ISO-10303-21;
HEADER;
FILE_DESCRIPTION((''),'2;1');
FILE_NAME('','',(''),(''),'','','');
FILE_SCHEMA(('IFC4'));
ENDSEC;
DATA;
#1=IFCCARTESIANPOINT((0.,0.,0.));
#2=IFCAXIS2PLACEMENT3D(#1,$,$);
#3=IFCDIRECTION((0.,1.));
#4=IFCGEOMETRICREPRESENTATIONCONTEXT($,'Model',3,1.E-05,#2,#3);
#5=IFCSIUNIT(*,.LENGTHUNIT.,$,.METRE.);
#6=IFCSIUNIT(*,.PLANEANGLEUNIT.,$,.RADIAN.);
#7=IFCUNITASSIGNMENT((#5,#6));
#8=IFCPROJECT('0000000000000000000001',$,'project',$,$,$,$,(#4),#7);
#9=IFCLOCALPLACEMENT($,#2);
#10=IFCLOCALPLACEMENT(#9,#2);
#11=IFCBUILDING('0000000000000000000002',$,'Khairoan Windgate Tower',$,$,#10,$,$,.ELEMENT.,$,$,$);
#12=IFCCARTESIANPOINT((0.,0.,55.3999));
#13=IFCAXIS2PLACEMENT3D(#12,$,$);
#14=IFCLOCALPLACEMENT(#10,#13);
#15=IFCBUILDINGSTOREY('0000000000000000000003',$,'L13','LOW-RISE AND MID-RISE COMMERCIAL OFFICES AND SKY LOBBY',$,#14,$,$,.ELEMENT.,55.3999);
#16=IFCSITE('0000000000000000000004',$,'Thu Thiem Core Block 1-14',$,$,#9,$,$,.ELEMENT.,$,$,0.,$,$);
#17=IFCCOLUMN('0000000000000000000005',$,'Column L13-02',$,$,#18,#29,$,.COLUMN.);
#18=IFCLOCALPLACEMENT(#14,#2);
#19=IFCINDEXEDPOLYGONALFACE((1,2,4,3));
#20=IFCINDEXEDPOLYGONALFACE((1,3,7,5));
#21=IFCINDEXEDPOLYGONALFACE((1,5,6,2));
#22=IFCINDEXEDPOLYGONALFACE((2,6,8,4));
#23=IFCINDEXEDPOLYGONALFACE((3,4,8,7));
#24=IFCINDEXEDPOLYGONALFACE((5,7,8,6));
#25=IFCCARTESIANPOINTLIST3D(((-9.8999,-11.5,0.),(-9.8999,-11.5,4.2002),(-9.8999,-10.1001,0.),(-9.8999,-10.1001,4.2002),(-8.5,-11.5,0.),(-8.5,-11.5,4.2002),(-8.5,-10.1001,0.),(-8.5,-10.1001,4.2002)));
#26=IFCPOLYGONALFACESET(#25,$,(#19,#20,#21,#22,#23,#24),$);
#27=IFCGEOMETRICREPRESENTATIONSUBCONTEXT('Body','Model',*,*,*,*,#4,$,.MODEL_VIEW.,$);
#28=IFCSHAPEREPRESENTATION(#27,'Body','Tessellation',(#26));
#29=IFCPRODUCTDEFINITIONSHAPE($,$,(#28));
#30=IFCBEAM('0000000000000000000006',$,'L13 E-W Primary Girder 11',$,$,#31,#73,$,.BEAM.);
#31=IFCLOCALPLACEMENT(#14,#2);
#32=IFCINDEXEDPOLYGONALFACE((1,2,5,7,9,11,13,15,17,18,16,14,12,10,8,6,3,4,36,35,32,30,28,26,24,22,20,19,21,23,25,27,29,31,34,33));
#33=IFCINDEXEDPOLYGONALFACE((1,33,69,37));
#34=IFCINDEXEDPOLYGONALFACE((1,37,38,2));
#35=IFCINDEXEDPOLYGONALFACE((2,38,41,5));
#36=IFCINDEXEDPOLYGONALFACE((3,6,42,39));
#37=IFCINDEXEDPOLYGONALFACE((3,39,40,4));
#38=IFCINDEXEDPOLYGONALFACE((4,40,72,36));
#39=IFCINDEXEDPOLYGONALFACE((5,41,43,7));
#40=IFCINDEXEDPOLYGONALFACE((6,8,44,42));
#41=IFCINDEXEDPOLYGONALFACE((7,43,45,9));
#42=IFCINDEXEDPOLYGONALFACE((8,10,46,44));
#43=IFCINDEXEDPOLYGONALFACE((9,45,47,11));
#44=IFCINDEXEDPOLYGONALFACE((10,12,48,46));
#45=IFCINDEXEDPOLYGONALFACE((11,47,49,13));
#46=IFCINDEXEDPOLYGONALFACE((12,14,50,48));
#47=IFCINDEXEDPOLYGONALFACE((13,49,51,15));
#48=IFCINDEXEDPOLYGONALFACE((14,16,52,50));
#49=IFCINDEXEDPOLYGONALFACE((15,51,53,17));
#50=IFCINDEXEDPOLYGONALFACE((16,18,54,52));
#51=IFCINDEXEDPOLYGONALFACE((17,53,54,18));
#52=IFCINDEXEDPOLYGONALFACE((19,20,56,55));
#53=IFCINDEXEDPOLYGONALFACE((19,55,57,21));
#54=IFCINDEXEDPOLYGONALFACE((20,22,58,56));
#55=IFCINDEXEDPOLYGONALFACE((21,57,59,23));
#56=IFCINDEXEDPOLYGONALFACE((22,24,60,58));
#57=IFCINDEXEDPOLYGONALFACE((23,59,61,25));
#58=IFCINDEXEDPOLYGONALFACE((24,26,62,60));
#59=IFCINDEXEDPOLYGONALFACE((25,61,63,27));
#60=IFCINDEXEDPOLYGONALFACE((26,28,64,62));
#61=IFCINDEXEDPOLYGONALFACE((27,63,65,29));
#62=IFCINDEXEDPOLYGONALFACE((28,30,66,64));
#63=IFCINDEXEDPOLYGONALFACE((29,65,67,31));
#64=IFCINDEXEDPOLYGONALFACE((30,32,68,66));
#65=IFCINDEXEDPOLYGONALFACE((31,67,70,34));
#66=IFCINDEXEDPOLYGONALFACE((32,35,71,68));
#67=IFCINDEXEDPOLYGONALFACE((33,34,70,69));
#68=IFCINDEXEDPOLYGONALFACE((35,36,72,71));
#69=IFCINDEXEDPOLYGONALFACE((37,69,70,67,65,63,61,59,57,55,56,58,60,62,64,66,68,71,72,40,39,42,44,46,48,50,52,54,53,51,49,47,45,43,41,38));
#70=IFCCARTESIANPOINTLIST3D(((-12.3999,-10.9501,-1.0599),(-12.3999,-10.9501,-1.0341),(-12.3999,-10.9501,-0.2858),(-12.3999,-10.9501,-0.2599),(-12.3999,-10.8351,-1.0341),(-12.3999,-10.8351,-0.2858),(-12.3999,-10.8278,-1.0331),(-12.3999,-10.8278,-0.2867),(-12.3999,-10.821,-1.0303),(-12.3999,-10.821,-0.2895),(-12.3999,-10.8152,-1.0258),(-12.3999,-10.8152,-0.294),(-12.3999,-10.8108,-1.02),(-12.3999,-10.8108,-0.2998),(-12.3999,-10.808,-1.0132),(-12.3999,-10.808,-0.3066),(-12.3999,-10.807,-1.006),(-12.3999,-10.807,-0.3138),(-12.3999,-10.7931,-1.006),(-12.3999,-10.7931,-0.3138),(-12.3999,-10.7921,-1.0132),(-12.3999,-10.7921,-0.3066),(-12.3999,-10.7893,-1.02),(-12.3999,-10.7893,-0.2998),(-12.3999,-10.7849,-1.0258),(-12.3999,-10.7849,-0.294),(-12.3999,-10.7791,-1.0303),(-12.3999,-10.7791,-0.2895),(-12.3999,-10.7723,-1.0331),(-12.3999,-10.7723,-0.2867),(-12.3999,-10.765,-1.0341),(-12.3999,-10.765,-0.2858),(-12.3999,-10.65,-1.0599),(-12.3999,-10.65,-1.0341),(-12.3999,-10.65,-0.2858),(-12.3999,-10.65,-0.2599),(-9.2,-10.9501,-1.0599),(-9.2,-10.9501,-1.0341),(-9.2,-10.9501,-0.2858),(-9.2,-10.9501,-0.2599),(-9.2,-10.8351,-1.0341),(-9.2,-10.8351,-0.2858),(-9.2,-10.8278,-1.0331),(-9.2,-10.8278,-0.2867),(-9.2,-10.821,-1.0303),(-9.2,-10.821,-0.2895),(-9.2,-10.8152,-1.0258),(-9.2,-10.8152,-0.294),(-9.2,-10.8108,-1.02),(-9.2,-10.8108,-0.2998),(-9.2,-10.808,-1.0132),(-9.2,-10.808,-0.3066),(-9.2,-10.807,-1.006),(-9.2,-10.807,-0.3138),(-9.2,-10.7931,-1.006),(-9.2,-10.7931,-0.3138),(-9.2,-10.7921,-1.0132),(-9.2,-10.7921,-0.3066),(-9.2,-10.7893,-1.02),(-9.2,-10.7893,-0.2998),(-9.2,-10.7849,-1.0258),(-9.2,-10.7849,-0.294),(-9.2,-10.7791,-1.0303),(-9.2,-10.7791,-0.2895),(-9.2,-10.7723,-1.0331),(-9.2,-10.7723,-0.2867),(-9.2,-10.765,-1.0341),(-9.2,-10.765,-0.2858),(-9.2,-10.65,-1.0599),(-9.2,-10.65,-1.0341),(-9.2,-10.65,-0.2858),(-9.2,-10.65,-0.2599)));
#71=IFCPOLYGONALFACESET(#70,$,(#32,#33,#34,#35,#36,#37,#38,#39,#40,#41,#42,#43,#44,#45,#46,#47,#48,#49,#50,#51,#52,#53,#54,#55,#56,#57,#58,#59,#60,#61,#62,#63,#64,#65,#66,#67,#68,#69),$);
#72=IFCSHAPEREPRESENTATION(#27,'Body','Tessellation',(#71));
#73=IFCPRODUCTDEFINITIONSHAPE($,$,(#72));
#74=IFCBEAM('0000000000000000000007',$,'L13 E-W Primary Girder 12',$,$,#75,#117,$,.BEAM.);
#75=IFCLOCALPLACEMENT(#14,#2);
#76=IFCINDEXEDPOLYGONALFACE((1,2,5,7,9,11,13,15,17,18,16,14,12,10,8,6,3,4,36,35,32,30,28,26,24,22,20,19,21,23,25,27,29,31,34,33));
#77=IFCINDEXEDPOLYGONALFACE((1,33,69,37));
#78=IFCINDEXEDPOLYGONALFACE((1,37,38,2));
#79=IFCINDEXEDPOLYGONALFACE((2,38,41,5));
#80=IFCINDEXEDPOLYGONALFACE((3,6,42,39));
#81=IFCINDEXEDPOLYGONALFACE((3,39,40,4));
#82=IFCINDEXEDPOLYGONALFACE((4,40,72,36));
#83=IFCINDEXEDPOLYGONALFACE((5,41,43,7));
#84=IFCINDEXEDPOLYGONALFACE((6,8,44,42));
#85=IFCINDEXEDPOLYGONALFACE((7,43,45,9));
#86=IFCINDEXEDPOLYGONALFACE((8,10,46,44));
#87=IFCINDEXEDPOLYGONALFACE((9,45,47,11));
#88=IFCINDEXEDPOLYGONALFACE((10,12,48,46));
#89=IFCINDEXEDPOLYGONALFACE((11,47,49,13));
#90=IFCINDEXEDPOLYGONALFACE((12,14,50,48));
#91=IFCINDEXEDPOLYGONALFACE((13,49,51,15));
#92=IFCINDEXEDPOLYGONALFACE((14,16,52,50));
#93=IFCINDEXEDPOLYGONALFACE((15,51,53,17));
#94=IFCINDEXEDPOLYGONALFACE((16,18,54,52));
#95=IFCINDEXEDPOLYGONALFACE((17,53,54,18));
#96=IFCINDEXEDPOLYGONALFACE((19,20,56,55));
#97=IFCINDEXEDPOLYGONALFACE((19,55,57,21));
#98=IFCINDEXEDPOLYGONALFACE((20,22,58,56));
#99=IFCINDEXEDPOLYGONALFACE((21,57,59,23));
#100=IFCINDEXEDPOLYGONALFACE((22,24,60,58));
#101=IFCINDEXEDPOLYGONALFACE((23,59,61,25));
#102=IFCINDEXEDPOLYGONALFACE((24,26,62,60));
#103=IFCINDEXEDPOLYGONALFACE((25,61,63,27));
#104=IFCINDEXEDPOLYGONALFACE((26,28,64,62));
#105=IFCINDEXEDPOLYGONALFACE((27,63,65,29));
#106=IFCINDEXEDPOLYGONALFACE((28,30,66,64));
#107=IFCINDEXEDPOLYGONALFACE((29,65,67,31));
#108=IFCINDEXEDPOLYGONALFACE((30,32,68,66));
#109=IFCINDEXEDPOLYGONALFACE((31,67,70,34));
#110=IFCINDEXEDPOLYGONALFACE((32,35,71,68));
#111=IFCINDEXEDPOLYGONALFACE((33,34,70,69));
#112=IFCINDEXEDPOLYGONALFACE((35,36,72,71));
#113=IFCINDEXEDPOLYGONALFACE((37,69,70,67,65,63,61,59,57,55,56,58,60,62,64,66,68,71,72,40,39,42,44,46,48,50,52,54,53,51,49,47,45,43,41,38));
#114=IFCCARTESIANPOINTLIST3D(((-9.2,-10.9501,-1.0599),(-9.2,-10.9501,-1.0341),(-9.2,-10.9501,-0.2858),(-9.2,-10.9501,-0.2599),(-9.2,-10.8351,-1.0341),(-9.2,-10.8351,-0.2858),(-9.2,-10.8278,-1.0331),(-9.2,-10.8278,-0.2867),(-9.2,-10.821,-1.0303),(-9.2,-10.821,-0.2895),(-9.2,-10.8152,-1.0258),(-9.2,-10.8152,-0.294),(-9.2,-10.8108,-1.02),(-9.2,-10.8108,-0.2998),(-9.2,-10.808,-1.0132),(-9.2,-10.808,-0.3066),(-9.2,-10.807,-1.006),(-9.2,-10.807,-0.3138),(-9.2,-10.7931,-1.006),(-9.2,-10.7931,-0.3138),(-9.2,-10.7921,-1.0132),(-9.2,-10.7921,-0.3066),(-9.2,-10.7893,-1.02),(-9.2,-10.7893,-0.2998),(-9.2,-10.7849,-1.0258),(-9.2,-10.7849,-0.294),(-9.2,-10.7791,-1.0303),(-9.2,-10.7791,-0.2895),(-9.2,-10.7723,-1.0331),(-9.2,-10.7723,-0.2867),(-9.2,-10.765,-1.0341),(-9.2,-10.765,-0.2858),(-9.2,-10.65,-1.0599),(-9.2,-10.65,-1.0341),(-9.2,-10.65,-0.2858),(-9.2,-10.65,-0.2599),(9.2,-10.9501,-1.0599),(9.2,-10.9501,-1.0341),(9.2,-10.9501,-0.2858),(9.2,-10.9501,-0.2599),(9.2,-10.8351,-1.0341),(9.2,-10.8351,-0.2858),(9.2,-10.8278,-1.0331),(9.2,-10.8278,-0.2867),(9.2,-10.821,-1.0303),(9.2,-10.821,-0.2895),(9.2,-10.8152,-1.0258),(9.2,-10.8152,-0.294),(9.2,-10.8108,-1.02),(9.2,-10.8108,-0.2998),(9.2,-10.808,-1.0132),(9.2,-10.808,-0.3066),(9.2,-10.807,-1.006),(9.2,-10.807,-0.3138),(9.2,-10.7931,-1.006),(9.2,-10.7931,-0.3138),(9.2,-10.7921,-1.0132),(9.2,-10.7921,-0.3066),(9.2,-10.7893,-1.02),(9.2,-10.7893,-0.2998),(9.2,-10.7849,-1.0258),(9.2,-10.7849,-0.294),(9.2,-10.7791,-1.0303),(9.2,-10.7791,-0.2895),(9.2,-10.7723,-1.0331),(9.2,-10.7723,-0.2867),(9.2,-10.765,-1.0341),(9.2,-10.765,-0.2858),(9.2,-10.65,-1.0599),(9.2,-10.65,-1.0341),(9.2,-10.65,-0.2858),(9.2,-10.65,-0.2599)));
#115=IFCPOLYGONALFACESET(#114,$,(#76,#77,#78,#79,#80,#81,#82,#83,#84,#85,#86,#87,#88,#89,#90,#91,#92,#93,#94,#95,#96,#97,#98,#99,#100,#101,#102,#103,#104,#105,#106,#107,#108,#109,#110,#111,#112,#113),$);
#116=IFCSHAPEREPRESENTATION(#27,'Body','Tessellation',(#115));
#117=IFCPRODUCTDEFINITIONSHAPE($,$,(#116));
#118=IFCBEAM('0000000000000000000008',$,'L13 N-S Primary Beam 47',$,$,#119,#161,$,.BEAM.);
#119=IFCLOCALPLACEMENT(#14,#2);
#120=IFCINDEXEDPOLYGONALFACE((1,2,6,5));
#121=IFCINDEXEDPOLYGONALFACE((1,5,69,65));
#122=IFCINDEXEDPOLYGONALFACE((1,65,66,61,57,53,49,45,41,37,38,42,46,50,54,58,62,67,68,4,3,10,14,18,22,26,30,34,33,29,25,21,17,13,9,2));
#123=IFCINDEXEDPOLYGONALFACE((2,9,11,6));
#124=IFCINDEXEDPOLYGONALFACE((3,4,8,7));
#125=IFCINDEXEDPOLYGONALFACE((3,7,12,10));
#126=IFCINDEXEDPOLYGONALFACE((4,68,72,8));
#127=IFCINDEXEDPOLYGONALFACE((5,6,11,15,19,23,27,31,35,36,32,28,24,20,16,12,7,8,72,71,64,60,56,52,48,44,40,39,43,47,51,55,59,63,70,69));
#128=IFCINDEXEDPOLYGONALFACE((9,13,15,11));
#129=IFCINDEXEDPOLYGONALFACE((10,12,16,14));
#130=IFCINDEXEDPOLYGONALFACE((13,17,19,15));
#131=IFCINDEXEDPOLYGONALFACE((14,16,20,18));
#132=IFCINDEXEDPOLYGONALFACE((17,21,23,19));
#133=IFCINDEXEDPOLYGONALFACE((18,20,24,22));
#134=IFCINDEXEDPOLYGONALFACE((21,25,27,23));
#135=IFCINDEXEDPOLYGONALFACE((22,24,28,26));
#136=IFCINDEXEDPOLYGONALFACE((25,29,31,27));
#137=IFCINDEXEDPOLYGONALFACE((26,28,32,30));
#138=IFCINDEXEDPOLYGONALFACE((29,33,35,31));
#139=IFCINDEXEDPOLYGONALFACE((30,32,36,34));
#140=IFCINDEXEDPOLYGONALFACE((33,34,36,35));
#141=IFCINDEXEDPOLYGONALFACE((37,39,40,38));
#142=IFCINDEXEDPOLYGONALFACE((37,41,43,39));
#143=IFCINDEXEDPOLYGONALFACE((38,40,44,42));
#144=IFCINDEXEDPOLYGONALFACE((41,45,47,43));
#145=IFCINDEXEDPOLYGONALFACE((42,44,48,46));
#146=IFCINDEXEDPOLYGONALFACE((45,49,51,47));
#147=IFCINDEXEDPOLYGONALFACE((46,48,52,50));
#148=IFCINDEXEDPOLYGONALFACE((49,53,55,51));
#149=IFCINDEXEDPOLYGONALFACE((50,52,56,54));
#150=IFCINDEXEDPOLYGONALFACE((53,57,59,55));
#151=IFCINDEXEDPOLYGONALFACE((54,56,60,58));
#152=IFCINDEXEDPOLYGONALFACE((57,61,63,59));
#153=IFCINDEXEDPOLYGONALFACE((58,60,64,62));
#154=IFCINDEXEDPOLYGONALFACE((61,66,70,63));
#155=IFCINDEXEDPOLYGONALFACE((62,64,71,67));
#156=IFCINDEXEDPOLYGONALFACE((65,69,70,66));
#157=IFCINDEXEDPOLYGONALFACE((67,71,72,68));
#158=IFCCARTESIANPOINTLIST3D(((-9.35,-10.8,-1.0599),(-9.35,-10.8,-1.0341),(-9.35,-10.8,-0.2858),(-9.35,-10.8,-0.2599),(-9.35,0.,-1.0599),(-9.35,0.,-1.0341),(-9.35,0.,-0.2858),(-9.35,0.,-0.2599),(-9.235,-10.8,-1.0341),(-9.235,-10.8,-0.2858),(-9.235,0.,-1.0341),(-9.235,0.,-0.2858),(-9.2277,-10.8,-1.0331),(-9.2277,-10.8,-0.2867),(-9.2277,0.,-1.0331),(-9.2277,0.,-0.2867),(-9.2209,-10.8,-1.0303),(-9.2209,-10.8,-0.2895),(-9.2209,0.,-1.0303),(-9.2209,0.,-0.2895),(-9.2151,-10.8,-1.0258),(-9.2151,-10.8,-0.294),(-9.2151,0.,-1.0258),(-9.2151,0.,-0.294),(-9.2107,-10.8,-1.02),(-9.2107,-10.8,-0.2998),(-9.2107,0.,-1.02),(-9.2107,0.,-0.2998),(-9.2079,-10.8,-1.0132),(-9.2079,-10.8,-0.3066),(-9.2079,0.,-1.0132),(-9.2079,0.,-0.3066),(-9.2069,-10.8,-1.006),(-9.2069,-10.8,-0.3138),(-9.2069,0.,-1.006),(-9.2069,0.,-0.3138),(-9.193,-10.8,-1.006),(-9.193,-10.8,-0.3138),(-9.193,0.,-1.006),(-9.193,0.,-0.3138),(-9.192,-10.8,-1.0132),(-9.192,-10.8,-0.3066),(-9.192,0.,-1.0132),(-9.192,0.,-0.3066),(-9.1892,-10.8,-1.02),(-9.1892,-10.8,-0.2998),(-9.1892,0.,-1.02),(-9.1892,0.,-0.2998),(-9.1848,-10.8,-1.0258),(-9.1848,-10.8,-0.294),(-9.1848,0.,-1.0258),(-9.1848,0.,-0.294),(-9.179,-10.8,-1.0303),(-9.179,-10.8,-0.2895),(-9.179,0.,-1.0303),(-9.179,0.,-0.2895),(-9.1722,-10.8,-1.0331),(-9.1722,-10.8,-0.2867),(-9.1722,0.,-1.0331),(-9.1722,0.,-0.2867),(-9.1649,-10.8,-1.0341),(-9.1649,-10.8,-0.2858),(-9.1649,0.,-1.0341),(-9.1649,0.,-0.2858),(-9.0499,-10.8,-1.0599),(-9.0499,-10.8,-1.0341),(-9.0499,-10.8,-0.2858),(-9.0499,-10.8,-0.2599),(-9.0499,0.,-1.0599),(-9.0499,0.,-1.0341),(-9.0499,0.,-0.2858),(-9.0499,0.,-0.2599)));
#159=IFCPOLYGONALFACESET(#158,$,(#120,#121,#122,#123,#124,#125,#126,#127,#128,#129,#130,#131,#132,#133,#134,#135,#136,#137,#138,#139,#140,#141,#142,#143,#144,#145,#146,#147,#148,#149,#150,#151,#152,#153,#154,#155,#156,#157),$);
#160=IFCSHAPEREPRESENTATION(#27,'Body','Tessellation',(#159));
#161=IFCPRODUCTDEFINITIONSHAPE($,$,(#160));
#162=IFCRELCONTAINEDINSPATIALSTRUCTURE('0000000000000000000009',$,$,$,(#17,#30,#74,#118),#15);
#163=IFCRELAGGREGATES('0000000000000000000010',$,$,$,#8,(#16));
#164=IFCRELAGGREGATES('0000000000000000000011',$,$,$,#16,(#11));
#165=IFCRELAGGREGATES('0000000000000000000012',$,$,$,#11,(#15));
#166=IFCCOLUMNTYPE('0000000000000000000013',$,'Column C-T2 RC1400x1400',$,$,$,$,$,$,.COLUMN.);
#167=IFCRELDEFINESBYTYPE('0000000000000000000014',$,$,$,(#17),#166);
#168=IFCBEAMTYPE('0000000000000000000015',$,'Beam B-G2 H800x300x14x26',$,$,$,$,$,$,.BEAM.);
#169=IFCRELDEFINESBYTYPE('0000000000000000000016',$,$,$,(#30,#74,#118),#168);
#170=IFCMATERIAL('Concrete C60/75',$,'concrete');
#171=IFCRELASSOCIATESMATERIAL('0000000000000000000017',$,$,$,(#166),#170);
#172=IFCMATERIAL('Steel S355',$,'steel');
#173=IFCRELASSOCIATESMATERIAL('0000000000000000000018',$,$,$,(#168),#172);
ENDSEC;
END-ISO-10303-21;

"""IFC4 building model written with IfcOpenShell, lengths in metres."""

from ifc_helpers import new_model, si_unit, direction, frame, origin, origin_2d, place, context, subcontext, project, spatial, rectangle, i_section, extrude, material, material_profile, profile_set, type_object, element, save


model = new_model("IFC4")

# Units and contexts
model_context = context("Model", 3, precision=1e-05, world=origin(), true_north=direction((0.0, 1.0)))
body_context = subcontext(model_context, "Body", "Model", "MODEL_VIEW")
ifc_project = project(units=[si_unit("LENGTHUNIT", "METRE"), si_unit("PLANEANGLEUNIT", "RADIAN")], contexts=[model_context])

# Site, building, storey
site_placement = place(None, origin())
site = spatial("IfcSite", under=ifc_project, at=site_placement, Name="Thu Thiem Core Block 1-14", CompositionType="ELEMENT", RefElevation=0.0)
building_placement = place(site_placement, origin())
building = spatial("IfcBuilding", under=site, at=building_placement, Name="Khairoan Windgate Tower", CompositionType="ELEMENT")
storey_placement = place(building_placement, frame((0.0, 0.0, 55.3999)))
storey = spatial("IfcBuildingStorey", under=building, at=storey_placement, Name="L13", Description="LOW-RISE AND MID-RISE COMMERCIAL OFFICES AND SKY LOBBY", CompositionType="ELEMENT", Elevation=55.3999)

# Column
ifc_material_1 = material(Name="Concrete C60/75", Category="concrete")
ifc_material_profile_1 = material_profile(ifc_material_1, rectangle(XDim=1.3999, YDim=1.3999, at=origin_2d()))
ifc_profile_set_1 = profile_set([ifc_material_profile_1], Name="Concrete C60/75")
column_type = type_object("IfcColumnType", Name="Column C-T2 RC1400x1400", PredefinedType="COLUMN", material=ifc_profile_set_1)
column_placement = place(storey_placement, frame((-9.2, -10.8, 0.0), z_axis=(0.0, 0.0, 1.0), x_axis=(1.0, 0.0, 0.0)))
element("IfcColumn", 1, at=column_placement, inside=storey, type_object=column_type, Name="Column L13-02", PredefinedType="COLUMN", context=body_context, shape_type="SweptSolid", body=[
    extrude(rectangle(XDim=1.3999, YDim=1.3999, at=origin_2d()), origin(), (0.0, 0.0, 1.0), 4.2002),
])

# Beams
ifc_material_2 = material(Name="Steel S355", Category="steel")
ifc_material_profile_2 = material_profile(ifc_material_2, i_section(OverallWidth=0.3, OverallDepth=0.8, WebThickness=0.0139, FlangeThickness=0.0259, FilletRadius=0.0281, at=origin_2d()))
ifc_profile_set_2 = profile_set([ifc_material_profile_2], Name="Steel S355")
beam_type_1 = type_object("IfcBeamType", Name="Beam B-G2 H800x300x14x26", PredefinedType="BEAM", material=ifc_profile_set_2)
beam_1_placement = place(storey_placement, frame((-12.3999, -10.8, -0.6599), z_axis=(1.0, 0.0, 0.0), x_axis=(0.0, 1.0, 0.0)))
element("IfcBeam", 2, at=beam_1_placement, inside=storey, type_object=beam_type_1, Name="L13 E-W Primary Girder 11", PredefinedType="BEAM", context=body_context, shape_type="SweptSolid", body=[
    extrude(i_section(OverallWidth=0.3, OverallDepth=0.8, WebThickness=0.0139, FlangeThickness=0.0259, FilletRadius=0.0281, at=origin_2d()), origin(), (0.0, 0.0, 1.0), 3.2),
])
beam_2_placement = place(storey_placement, frame((-9.2, -10.8, -0.6599), z_axis=(1.0, 0.0, 0.0), x_axis=(0.0, 1.0, 0.0)))
element("IfcBeam", 3, at=beam_2_placement, inside=storey, type_object=beam_type_1, Name="L13 E-W Primary Girder 12", PredefinedType="BEAM", context=body_context, shape_type="SweptSolid", body=[
    extrude(i_section(OverallWidth=0.3, OverallDepth=0.8, WebThickness=0.0139, FlangeThickness=0.0259, FilletRadius=0.0281, at=origin_2d()), origin(), (0.0, 0.0, 1.0), 18.3999),
])
beam_3_placement = place(storey_placement, frame((-9.2, -10.8, -0.6599), z_axis=(0.0, 1.0, 0.0), x_axis=(-1.0, 0.0, 0.0)))
element("IfcBeam", 4, at=beam_3_placement, inside=storey, type_object=beam_type_1, Name="L13 N-S Primary Beam 47", PredefinedType="BEAM", context=body_context, shape_type="SweptSolid", body=[
    extrude(i_section(OverallWidth=0.3, OverallDepth=0.8, WebThickness=0.0139, FlangeThickness=0.0259, FilletRadius=0.0281, at=origin_2d()), origin(), (0.0, 0.0, 1.0), 10.8),
])

save(model, "model.ifc")
